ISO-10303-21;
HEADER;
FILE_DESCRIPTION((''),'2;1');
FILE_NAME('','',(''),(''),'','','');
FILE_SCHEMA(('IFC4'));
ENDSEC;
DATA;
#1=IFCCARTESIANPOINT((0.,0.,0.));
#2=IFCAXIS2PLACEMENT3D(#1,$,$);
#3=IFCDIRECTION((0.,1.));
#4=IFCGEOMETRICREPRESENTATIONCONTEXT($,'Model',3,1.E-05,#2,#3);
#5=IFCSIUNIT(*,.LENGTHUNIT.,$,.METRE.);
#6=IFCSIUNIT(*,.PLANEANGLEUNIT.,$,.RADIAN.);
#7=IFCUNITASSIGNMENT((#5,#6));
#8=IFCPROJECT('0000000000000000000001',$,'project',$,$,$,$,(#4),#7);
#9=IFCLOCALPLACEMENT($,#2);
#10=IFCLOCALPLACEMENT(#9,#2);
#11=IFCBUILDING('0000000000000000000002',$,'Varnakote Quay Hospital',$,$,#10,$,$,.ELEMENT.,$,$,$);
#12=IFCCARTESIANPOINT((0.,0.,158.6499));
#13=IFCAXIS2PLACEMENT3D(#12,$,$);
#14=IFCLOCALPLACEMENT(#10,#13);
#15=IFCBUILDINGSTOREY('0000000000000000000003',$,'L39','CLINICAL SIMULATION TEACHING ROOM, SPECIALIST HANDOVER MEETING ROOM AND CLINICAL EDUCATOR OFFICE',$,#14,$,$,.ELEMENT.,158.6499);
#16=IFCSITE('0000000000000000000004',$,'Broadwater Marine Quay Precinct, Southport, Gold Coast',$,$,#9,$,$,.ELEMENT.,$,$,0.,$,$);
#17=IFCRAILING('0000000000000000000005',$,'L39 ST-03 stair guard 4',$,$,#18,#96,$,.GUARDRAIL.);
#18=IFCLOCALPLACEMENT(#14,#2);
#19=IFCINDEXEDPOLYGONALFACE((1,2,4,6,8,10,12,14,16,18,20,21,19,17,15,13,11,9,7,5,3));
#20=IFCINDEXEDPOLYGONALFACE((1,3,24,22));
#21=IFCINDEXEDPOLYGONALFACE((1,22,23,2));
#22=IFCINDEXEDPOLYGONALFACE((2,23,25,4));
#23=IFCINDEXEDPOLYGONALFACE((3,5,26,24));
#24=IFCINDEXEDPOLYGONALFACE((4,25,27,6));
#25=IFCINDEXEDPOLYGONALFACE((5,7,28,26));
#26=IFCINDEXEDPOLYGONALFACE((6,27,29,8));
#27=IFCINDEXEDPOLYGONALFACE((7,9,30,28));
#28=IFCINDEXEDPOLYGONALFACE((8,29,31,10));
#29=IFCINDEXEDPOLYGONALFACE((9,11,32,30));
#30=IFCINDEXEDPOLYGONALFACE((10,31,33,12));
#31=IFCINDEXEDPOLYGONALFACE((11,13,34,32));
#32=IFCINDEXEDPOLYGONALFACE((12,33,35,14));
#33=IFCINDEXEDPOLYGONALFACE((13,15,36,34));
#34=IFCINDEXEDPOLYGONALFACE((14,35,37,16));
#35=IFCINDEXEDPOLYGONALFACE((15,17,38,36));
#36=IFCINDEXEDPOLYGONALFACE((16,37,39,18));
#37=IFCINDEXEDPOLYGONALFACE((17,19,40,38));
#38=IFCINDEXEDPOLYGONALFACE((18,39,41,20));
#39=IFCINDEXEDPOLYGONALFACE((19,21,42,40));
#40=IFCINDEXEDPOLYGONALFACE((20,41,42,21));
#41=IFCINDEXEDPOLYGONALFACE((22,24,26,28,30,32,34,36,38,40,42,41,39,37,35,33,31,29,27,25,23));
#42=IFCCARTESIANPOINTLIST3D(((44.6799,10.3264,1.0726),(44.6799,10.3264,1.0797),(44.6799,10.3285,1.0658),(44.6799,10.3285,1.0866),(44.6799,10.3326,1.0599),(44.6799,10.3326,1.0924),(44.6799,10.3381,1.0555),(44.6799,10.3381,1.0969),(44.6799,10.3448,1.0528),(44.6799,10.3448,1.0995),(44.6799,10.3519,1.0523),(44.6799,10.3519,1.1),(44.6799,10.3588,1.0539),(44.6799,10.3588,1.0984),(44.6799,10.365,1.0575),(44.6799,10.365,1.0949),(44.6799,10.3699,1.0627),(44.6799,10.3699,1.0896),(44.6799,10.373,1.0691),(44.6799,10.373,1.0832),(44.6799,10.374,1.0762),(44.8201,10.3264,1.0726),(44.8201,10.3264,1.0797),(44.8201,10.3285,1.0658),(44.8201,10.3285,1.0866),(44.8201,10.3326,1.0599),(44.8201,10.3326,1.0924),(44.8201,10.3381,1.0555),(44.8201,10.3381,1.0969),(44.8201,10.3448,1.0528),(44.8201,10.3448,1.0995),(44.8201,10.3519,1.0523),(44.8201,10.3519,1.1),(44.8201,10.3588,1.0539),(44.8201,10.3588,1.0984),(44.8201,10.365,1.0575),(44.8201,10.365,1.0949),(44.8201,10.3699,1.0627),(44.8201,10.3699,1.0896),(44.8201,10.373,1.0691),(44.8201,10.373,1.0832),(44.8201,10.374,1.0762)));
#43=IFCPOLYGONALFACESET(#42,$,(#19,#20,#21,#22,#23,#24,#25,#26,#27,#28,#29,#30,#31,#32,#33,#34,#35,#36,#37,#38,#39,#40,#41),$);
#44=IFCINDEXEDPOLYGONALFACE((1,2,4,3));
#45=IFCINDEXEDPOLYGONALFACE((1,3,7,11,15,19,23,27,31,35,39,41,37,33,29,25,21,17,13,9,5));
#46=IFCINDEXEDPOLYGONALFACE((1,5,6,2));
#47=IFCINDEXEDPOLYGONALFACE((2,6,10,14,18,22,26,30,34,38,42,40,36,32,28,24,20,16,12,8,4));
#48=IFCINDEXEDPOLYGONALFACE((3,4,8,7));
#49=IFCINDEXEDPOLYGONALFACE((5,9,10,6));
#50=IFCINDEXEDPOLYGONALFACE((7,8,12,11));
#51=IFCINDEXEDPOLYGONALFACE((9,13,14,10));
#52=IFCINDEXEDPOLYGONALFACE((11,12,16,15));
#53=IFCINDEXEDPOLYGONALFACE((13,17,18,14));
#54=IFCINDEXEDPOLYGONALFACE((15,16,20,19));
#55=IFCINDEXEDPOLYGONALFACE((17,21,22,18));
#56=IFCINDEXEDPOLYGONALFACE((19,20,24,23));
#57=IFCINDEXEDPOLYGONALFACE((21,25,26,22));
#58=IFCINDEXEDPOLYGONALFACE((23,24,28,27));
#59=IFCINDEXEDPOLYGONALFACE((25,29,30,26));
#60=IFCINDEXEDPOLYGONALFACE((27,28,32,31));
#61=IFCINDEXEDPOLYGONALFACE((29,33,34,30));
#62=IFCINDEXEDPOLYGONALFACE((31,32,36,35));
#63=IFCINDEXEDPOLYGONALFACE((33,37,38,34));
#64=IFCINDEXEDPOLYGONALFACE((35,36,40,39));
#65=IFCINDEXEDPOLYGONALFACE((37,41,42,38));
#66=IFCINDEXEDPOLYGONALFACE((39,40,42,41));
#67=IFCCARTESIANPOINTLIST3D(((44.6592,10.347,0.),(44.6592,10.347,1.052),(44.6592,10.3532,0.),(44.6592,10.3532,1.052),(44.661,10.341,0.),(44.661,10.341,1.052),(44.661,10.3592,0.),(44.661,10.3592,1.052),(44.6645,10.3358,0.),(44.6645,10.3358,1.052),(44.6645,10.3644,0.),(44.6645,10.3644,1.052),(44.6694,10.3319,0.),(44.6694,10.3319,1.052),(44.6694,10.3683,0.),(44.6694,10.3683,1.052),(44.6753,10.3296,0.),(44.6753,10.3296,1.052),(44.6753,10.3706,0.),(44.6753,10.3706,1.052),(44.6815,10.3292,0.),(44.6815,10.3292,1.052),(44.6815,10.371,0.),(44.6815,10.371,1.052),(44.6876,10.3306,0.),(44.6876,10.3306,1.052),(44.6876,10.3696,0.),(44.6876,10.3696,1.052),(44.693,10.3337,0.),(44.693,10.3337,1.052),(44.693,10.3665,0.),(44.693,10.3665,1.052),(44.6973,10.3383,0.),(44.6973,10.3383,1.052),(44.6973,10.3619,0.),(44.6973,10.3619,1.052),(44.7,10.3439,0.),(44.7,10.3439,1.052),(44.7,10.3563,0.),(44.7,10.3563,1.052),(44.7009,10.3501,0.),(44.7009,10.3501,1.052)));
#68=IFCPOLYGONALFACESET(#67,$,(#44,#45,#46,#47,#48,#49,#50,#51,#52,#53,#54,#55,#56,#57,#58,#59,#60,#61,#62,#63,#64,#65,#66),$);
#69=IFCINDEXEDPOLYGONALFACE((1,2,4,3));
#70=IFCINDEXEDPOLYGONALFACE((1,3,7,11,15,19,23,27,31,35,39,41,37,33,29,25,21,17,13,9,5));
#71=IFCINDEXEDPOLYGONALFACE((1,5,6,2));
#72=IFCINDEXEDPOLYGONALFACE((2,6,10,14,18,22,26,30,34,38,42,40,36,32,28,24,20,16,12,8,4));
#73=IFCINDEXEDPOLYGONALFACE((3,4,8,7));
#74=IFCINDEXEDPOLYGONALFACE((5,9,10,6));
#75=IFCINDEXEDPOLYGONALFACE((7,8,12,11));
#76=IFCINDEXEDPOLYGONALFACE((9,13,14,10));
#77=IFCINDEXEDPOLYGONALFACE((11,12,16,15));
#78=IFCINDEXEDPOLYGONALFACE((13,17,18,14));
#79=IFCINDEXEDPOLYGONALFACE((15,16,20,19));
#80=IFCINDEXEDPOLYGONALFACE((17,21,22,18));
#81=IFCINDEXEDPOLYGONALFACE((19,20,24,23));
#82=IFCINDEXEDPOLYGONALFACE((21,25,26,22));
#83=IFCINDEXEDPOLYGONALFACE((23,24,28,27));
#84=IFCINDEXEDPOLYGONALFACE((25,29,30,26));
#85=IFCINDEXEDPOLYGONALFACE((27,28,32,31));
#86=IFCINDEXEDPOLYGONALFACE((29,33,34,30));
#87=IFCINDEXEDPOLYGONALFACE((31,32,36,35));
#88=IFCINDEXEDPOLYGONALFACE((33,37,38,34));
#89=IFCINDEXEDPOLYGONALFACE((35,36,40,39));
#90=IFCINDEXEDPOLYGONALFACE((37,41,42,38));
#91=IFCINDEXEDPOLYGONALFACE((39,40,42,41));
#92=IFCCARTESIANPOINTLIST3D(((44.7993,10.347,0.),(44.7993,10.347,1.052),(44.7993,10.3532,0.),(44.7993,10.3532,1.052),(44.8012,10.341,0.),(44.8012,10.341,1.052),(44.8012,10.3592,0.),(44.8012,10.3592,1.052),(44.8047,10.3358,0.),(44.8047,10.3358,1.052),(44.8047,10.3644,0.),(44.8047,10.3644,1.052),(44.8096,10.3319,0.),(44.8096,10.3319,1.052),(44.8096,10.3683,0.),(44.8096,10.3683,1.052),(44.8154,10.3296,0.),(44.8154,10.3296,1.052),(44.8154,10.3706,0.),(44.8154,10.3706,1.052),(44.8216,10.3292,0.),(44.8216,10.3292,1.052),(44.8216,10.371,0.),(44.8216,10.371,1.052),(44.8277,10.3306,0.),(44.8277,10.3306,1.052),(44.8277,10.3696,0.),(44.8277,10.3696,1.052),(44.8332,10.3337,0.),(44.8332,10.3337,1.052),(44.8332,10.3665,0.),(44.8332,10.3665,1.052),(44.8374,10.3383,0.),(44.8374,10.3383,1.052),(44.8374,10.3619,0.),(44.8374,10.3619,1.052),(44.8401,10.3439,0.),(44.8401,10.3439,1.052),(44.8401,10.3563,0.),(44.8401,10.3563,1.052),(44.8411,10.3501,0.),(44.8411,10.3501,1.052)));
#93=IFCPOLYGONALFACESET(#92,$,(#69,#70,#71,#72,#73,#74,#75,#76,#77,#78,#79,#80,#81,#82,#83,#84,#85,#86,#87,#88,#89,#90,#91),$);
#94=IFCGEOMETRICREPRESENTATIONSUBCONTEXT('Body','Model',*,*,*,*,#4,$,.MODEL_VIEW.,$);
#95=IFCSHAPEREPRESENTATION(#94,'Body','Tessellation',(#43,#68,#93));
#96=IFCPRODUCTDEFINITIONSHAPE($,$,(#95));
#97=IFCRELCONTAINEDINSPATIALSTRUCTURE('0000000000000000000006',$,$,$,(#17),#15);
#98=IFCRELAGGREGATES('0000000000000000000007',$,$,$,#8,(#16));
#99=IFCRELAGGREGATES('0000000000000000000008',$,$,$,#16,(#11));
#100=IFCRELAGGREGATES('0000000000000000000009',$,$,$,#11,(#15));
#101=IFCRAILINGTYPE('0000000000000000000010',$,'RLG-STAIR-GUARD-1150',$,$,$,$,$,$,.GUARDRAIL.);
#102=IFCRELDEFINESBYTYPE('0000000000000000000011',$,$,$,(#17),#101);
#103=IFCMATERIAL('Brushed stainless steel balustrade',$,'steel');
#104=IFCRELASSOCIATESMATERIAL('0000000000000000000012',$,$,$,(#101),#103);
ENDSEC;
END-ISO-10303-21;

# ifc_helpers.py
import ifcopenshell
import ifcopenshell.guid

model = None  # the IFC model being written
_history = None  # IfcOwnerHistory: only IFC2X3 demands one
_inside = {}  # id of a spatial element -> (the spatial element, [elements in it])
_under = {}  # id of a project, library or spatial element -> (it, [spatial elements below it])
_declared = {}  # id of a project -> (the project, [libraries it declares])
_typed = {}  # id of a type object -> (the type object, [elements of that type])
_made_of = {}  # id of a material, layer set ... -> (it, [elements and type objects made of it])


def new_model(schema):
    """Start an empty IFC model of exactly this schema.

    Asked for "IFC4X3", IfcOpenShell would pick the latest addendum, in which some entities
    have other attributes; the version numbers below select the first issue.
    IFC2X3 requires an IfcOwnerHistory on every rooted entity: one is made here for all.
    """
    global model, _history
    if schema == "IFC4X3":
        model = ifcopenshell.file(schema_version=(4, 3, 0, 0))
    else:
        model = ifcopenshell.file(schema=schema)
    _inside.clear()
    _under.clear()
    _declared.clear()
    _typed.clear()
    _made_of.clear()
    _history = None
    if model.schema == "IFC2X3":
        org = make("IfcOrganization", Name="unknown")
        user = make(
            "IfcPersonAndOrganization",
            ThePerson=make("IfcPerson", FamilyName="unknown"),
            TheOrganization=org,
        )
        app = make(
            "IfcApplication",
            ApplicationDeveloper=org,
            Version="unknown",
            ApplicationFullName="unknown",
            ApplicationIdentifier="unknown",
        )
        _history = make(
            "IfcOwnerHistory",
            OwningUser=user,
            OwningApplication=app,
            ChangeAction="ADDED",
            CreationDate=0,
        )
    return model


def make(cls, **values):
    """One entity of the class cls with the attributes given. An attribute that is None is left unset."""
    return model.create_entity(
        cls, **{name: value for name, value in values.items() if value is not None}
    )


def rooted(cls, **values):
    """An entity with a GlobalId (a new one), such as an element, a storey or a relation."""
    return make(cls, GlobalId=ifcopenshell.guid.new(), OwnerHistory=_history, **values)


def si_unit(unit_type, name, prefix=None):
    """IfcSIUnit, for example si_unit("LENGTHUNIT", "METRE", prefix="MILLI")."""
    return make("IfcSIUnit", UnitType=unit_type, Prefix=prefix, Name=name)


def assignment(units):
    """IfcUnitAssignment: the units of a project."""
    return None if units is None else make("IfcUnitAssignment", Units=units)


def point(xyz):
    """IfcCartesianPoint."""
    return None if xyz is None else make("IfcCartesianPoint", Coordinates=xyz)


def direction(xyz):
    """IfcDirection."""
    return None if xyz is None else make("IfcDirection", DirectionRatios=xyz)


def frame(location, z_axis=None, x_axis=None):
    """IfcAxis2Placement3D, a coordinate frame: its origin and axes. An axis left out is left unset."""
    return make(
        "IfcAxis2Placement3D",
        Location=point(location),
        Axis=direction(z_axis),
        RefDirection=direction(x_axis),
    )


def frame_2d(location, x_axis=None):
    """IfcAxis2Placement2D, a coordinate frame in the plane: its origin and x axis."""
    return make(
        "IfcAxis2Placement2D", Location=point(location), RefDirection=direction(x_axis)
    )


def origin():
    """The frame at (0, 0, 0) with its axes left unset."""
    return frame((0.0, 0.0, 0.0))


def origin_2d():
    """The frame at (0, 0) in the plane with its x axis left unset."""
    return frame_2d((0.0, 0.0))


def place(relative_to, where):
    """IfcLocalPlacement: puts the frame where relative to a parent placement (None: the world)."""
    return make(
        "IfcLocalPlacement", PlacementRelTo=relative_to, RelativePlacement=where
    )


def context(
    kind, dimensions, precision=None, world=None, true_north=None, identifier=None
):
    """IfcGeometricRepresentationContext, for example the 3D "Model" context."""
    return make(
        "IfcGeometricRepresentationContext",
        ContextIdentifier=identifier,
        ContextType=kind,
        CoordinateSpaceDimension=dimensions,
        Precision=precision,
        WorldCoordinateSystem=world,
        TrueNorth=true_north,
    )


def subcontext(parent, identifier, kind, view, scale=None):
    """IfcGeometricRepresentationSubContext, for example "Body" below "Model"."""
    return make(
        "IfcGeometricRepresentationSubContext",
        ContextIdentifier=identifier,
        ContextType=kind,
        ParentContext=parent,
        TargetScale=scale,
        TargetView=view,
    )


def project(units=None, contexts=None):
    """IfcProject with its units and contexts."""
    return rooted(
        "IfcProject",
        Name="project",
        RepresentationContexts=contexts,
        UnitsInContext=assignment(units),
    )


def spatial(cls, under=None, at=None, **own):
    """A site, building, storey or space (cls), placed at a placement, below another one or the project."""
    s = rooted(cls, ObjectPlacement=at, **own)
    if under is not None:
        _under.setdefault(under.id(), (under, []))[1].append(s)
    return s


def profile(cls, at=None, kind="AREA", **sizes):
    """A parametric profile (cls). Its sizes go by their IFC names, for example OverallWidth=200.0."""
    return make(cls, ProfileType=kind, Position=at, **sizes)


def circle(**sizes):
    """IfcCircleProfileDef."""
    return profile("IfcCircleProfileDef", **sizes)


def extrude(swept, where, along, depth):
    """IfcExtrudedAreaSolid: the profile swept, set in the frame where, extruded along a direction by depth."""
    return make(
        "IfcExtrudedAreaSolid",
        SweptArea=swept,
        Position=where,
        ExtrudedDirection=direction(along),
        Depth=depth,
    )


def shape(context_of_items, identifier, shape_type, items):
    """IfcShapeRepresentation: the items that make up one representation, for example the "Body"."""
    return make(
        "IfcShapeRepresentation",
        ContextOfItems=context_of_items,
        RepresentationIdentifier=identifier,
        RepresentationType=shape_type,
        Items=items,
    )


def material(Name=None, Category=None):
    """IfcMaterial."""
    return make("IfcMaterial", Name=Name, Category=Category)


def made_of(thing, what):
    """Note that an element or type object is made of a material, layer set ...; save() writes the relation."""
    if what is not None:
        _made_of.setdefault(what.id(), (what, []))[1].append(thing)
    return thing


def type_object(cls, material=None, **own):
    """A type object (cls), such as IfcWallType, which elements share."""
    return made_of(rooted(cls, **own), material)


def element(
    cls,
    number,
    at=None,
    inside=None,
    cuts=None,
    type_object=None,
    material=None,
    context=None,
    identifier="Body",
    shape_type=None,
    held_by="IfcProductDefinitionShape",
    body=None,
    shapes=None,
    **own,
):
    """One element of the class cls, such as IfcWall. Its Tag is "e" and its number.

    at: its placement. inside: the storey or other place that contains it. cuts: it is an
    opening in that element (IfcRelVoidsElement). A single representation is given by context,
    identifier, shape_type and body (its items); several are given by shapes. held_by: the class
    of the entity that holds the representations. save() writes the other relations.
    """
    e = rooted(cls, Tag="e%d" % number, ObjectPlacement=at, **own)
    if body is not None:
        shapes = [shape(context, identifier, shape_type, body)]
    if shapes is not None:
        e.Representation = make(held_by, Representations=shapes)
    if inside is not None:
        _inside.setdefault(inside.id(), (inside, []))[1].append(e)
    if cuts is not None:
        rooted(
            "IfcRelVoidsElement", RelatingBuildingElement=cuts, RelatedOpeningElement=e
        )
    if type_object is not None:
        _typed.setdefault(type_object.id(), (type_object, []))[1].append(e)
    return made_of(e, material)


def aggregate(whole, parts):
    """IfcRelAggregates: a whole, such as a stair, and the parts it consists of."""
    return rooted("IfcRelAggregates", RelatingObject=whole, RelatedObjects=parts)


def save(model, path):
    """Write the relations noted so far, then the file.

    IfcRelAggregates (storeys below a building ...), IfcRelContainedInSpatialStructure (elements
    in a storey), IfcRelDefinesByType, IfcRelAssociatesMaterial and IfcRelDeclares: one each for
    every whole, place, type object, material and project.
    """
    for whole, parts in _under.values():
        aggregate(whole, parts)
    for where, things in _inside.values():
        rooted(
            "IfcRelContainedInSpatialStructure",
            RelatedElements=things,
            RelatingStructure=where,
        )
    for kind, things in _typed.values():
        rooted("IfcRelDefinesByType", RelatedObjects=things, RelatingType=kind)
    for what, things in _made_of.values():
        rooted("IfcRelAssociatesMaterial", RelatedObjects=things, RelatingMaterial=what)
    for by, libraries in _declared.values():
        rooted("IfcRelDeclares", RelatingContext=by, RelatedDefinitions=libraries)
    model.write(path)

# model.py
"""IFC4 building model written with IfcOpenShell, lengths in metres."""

from ifc_helpers import new_model, si_unit, direction, frame, origin, origin_2d, place, context, subcontext, project, spatial, circle, extrude, material, type_object, element, save


model = new_model("IFC4")

# Units and contexts
model_context = context("Model", 3, precision=1e-05, world=origin(), true_north=direction((0.0, 1.0)))
body_context = subcontext(model_context, "Body", "Model", "MODEL_VIEW")
ifc_project = project(units=[si_unit("LENGTHUNIT", "METRE"), si_unit("PLANEANGLEUNIT", "RADIAN")], contexts=[model_context])

# Site, building, storey
site_placement = place(None, origin())
site = spatial("IfcSite", under=ifc_project, at=site_placement, Name="Broadwater Marine Quay Precinct, Southport, Gold Coast", CompositionType="ELEMENT", RefElevation=0.0)
building_placement = place(site_placement, origin())
building = spatial("IfcBuilding", under=site, at=building_placement, Name="Varnakote Quay Hospital", CompositionType="ELEMENT")
storey_placement = place(building_placement, frame((0.0, 0.0, 158.6499)))
storey = spatial("IfcBuildingStorey", under=building, at=storey_placement, Name="L39", Description="CLINICAL SIMULATION TEACHING ROOM, SPECIALIST HANDOVER MEETING ROOM AND CLINICAL EDUCATOR OFFICE", CompositionType="ELEMENT", Elevation=158.6499)

# Railing
ifc_material_1 = material(Name="Brushed stainless steel balustrade", Category="steel")
railing_type = type_object("IfcRailingType", Name="RLG-STAIR-GUARD-1150", PredefinedType="GUARDRAIL", material=ifc_material_1)
railing_placement = place(storey_placement, frame((44.6799, 10.3501, 0.0)))
element("IfcRailing", 1, at=railing_placement, inside=storey, type_object=railing_type, Name="L39 ST-03 stair guard 4", PredefinedType="GUARDRAIL", context=body_context, shape_type="SweptSolid", body=[
    extrude(circle(Radius=0.0239, at=origin_2d()), frame((0.0, 0.0, 1.0762), z_axis=(1.0, 0.0, 0.0), x_axis=(0.0, 1.0, 0.0)), (0.0, 0.0, 1.0), 0.1401),
    extrude(circle(Radius=0.021, at=origin_2d()), origin(), (0.0, 0.0, 1.0), 1.052),
    extrude(circle(Radius=0.021, at=origin_2d()), frame((0.1401, 0.0, 0.0)), (0.0, 0.0, 1.0), 1.052),
])

save(model, "model.ifc")
